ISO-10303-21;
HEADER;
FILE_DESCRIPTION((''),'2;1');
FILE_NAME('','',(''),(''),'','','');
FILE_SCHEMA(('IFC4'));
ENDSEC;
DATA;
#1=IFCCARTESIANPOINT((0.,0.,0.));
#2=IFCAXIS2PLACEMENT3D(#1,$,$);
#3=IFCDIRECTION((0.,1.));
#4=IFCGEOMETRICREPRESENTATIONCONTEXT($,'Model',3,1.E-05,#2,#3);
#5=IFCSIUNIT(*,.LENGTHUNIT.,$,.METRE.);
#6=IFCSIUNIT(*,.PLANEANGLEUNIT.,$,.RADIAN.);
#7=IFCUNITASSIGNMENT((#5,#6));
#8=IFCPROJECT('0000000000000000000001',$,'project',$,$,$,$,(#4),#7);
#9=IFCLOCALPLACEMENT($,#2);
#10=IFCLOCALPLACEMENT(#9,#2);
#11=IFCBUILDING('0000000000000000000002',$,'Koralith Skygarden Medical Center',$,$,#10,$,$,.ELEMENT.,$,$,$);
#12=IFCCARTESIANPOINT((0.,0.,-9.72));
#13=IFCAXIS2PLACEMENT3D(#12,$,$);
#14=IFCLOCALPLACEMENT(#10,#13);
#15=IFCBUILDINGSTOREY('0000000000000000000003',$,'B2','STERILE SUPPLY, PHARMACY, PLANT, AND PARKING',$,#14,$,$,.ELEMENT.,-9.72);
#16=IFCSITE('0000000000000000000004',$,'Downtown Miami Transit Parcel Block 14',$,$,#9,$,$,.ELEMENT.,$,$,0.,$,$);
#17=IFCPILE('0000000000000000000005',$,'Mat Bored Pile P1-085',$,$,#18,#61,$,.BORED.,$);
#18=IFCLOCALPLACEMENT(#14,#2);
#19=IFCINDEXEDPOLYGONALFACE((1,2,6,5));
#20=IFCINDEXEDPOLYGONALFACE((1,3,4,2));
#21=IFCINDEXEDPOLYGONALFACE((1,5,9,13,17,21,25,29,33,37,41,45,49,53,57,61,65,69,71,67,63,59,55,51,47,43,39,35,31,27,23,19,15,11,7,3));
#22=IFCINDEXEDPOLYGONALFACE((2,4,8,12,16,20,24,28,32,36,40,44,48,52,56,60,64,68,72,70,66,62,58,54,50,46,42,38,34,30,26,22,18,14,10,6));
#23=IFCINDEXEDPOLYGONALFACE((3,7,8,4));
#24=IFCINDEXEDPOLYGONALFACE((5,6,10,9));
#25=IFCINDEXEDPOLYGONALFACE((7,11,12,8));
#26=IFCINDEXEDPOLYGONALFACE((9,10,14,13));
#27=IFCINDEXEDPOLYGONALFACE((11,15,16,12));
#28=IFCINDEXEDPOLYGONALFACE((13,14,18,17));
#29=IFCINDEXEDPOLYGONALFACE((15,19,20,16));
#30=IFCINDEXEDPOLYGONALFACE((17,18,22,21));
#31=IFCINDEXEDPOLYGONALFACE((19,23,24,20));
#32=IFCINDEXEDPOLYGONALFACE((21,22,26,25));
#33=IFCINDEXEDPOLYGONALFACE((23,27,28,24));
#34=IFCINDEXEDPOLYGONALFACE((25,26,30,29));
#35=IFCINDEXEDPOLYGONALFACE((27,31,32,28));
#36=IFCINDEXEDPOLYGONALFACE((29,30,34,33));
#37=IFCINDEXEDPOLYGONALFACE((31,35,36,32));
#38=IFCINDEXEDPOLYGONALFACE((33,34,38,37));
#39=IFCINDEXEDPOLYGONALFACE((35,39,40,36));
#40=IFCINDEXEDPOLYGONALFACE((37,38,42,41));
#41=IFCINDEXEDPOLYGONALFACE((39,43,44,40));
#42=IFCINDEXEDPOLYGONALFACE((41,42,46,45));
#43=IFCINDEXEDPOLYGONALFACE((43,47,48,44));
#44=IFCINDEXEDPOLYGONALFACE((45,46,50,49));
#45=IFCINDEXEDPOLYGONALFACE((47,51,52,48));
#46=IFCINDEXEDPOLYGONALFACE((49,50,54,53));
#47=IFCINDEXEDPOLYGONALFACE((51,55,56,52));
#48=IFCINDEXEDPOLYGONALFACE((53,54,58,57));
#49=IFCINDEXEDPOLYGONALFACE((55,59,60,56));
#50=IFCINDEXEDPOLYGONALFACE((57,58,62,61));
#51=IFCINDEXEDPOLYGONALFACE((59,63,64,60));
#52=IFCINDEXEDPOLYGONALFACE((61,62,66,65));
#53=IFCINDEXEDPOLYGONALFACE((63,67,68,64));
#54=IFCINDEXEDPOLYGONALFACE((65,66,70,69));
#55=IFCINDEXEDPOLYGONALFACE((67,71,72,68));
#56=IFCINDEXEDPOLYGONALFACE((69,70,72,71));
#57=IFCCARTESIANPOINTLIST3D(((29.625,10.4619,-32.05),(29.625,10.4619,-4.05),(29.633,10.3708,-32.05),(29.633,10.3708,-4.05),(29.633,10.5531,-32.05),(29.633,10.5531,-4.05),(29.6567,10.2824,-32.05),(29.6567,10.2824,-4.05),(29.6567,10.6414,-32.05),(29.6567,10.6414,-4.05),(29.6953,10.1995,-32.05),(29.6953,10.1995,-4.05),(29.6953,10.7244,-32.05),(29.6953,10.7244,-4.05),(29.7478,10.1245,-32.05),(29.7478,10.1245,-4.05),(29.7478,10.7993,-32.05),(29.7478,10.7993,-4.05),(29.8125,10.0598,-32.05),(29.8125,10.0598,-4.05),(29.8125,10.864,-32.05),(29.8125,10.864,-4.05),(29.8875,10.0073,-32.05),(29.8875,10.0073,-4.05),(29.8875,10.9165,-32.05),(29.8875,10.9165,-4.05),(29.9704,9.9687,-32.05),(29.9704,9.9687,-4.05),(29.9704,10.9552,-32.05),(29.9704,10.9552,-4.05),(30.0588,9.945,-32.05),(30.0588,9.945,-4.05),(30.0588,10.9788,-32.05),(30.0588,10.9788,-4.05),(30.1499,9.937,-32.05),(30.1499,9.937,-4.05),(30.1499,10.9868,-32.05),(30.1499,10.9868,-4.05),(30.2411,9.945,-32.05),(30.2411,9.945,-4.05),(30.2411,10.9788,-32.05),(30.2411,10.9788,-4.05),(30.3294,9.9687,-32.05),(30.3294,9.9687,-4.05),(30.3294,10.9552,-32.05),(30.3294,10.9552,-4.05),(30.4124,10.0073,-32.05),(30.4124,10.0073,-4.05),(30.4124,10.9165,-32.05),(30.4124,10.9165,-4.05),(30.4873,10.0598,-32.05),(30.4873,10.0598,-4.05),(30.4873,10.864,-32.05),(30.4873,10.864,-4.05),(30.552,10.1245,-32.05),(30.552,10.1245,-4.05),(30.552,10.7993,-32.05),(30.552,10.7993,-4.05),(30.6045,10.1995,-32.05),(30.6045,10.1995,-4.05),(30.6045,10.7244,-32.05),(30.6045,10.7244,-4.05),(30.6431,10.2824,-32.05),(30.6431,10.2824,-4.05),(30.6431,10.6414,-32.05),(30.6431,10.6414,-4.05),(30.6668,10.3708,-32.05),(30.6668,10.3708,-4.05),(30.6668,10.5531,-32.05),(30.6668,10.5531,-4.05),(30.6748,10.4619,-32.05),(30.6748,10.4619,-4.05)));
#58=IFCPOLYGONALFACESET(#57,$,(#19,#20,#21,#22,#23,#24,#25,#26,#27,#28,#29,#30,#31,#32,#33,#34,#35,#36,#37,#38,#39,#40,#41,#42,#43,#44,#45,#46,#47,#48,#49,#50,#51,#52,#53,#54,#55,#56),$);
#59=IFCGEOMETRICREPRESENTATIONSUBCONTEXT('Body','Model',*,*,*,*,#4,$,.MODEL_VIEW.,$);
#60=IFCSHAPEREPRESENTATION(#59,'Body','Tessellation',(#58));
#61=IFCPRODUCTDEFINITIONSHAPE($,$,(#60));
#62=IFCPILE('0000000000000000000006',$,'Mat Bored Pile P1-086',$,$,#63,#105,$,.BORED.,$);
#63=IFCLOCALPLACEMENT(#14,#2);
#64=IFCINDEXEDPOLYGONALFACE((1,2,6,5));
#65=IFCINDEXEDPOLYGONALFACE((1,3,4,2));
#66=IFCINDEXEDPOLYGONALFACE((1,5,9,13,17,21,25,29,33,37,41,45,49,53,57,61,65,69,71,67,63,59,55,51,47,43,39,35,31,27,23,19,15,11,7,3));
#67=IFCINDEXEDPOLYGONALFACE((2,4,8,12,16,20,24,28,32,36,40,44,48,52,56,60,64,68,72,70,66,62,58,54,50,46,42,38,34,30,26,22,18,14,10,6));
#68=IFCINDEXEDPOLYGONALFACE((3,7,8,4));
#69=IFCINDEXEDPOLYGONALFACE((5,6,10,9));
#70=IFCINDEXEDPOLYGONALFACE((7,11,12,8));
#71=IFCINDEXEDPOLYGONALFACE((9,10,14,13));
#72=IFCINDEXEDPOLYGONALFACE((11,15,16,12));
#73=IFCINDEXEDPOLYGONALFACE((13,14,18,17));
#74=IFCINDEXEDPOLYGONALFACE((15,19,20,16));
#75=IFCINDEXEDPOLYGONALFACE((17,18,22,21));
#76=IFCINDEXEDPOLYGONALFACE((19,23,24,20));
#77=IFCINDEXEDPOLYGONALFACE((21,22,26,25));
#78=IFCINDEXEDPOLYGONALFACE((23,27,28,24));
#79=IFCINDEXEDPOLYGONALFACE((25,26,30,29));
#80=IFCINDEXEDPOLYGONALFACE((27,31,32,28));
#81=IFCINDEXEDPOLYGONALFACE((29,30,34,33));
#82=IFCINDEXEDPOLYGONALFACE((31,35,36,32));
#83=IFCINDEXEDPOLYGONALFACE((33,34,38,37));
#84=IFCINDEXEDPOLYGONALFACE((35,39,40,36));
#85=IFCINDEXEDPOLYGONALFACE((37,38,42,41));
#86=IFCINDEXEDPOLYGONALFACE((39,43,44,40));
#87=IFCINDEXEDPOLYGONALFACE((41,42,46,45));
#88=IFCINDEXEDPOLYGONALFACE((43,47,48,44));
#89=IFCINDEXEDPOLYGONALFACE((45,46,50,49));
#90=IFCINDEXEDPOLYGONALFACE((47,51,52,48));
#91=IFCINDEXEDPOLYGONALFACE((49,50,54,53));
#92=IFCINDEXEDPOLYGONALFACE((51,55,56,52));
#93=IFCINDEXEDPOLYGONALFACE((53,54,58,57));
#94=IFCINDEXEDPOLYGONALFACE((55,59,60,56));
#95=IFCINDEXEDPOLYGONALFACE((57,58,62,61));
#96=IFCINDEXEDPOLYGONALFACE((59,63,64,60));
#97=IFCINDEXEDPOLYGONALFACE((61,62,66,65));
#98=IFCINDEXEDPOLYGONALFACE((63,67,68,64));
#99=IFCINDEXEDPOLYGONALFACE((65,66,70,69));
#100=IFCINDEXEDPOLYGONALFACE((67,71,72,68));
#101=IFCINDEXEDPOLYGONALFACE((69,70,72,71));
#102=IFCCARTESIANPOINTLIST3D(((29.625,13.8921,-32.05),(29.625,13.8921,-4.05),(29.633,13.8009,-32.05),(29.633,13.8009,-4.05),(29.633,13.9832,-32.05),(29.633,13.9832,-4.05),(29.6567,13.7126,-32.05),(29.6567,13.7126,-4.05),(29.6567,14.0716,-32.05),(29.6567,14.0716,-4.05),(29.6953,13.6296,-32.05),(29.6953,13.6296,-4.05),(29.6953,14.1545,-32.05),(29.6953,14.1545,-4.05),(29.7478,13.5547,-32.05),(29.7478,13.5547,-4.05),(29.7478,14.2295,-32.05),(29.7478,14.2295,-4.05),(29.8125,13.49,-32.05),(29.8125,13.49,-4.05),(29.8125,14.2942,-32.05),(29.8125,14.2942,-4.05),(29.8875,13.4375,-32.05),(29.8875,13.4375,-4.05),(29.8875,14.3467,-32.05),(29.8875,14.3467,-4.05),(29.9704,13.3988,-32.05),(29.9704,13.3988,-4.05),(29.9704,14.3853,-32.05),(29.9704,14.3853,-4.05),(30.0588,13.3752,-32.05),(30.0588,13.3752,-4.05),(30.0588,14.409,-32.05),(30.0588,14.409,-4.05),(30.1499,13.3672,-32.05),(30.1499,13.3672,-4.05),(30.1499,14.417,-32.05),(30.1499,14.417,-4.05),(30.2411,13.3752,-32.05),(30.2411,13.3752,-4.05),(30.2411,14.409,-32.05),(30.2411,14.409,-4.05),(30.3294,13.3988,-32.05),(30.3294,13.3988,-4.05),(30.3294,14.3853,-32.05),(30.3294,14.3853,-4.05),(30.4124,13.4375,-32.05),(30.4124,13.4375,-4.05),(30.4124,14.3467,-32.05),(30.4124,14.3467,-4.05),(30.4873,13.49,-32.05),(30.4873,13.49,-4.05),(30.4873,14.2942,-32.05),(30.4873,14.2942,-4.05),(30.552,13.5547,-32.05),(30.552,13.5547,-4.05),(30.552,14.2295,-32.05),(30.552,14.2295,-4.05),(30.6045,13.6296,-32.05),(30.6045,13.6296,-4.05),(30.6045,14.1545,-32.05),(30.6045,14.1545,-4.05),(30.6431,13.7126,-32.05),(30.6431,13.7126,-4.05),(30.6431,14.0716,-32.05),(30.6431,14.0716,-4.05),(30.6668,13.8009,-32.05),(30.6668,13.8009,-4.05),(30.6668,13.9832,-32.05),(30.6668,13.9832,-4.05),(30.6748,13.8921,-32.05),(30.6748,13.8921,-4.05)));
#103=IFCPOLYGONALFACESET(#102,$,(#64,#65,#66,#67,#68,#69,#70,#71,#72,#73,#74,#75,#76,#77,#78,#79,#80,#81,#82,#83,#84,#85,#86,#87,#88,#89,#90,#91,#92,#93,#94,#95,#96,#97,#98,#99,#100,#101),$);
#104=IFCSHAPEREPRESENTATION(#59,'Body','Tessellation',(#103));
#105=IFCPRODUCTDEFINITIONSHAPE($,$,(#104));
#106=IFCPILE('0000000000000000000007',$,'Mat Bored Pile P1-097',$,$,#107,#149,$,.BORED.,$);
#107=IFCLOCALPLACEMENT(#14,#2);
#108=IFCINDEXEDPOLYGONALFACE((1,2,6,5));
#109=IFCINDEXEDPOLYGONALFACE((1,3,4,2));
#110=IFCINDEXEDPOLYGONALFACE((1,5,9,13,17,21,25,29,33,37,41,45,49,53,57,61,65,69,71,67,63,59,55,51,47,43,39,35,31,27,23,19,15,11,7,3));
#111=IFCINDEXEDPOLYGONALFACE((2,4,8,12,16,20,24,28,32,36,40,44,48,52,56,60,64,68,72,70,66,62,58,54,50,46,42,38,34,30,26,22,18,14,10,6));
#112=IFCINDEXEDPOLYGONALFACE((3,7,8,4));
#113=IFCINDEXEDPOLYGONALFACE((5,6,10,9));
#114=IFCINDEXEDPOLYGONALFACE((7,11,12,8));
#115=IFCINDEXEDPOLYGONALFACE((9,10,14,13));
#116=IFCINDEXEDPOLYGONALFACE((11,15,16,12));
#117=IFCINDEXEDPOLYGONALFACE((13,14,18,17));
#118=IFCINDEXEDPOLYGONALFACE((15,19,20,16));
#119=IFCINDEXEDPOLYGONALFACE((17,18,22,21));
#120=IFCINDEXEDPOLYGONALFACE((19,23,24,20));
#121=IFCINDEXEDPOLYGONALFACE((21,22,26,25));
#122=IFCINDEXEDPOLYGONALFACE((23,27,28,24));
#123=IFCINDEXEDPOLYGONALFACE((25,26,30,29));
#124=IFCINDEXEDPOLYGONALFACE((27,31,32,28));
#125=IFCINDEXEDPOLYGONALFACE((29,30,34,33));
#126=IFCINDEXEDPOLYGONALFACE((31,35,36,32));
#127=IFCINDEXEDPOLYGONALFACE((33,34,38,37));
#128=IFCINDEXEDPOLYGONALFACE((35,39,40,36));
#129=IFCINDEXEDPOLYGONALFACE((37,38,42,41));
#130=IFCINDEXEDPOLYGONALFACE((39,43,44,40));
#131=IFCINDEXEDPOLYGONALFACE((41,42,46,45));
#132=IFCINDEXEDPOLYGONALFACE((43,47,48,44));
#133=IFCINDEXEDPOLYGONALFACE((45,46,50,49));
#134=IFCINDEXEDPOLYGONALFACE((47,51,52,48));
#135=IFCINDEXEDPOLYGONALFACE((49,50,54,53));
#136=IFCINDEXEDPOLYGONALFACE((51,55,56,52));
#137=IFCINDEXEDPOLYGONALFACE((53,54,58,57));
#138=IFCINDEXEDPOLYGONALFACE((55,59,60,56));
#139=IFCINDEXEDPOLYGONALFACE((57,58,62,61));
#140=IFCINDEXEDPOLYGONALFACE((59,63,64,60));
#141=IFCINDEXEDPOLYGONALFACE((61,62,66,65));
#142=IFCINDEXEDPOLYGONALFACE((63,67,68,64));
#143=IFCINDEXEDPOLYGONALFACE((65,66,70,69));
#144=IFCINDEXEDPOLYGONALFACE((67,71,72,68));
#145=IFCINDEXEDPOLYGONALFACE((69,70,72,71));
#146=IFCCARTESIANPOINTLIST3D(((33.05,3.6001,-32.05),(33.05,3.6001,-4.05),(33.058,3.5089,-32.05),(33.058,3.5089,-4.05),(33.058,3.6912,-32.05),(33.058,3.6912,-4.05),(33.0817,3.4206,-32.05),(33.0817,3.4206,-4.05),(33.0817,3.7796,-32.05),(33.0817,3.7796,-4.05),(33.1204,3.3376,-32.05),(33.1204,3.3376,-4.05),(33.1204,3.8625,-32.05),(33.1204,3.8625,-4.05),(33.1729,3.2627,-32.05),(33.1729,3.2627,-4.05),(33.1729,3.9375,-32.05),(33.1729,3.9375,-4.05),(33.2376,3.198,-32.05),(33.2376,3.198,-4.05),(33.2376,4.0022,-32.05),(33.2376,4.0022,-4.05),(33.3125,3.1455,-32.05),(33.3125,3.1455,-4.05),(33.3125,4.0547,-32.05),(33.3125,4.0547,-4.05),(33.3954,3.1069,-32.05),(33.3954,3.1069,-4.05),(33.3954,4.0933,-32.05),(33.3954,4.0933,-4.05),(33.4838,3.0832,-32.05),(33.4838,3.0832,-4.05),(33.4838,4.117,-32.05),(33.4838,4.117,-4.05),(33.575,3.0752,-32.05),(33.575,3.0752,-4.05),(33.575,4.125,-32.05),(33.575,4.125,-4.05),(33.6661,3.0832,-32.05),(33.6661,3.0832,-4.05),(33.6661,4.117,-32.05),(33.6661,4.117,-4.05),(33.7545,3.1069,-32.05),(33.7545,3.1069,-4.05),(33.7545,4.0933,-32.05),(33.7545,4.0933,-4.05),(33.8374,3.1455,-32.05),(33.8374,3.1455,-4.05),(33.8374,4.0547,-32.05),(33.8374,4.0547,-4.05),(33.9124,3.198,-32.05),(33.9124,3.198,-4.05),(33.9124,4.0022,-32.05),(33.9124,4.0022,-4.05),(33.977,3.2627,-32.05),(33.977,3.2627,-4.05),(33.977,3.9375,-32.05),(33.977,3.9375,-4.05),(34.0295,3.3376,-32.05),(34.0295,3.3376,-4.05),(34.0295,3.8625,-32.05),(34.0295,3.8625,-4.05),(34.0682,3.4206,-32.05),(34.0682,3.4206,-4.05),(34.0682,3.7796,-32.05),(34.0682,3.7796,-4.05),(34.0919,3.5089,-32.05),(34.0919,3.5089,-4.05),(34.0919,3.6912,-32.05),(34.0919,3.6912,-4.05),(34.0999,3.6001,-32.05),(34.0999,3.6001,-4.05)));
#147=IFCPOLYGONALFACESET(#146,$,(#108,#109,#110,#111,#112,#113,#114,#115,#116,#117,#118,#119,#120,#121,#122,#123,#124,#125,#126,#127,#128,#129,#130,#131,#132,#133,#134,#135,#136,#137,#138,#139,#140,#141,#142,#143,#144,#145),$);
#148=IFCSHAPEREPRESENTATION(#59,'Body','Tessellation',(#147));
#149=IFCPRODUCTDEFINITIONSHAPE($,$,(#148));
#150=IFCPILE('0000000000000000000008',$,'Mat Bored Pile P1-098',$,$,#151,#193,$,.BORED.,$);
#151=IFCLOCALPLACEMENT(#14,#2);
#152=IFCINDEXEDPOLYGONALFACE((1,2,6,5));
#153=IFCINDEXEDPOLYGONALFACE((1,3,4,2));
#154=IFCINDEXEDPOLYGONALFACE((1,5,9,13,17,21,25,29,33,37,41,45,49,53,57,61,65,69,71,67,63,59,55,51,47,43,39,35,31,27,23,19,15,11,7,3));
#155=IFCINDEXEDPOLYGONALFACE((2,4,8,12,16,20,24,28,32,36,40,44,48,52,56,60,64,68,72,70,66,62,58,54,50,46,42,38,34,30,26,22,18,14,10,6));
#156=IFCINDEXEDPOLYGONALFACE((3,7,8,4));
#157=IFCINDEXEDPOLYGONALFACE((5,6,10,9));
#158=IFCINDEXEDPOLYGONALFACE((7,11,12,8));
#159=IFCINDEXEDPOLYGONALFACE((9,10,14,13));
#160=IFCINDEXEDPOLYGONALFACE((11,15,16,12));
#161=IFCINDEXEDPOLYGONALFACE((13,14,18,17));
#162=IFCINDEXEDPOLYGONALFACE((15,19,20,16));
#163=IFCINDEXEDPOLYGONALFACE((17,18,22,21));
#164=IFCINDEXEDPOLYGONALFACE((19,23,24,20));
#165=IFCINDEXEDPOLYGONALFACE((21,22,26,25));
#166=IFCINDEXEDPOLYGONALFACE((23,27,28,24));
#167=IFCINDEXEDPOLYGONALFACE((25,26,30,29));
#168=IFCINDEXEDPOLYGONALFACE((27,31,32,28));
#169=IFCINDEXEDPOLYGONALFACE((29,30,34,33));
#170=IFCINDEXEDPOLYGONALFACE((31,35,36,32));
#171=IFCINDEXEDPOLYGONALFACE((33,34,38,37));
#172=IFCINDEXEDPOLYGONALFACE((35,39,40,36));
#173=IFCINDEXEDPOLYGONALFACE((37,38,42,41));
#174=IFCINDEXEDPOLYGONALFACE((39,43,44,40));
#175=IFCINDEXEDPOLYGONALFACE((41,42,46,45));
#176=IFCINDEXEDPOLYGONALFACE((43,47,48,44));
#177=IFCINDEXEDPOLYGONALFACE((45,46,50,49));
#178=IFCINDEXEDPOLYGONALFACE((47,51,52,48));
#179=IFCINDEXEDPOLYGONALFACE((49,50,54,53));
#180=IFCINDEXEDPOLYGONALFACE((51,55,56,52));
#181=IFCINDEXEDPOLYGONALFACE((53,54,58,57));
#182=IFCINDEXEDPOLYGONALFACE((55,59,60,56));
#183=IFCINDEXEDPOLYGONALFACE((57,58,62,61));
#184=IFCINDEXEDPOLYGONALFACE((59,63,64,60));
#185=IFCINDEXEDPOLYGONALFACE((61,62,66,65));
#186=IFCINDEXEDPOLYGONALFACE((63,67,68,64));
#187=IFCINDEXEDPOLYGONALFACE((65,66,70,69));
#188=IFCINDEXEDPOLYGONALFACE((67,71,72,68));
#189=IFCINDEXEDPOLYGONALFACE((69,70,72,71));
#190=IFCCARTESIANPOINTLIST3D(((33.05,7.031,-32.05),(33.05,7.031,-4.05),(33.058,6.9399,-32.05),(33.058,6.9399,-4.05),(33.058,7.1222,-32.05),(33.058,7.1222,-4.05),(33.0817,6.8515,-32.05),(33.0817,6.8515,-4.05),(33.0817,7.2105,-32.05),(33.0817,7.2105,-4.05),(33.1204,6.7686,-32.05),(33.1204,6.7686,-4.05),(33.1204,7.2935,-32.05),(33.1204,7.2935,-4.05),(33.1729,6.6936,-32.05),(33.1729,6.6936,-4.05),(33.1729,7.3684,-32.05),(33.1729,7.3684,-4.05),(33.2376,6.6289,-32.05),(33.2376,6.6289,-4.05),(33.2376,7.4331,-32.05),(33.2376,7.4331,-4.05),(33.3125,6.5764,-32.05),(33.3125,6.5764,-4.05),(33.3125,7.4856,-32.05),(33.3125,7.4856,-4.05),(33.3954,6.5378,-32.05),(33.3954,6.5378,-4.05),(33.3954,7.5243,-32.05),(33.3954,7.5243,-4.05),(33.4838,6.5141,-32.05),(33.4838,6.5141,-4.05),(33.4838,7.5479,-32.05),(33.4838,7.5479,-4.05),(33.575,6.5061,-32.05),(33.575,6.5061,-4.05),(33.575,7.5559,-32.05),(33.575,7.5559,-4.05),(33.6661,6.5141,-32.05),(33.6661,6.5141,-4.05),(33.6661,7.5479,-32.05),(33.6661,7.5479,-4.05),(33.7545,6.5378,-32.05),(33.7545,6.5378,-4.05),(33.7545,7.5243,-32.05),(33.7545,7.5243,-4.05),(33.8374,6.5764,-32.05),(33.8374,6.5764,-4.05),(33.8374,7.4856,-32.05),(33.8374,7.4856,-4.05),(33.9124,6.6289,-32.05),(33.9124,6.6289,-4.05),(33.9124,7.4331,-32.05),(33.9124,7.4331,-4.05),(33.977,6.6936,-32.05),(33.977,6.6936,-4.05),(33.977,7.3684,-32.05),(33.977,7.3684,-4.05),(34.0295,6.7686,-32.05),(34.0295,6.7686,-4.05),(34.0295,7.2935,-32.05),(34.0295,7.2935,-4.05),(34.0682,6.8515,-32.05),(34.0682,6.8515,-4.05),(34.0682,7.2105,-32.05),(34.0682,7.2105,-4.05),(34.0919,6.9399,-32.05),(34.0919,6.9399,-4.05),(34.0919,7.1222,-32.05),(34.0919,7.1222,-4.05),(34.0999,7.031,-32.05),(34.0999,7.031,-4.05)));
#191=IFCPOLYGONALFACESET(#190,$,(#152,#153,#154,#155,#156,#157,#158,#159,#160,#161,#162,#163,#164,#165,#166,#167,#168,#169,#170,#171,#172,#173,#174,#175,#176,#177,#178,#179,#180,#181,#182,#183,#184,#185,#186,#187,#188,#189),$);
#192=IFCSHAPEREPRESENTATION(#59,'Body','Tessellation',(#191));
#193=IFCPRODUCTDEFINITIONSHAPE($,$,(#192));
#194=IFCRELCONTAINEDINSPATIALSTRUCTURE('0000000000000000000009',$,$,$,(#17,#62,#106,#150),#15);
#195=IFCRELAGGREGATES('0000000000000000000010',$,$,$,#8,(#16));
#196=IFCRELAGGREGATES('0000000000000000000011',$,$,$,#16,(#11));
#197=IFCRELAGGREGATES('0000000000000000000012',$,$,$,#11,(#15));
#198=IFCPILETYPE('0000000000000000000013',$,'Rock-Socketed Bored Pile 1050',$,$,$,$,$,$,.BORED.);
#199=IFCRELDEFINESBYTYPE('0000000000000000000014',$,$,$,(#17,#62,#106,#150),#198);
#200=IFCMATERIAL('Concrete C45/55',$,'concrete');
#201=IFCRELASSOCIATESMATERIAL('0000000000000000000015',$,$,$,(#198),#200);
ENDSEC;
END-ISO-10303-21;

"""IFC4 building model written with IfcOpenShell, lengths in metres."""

from ifc_helpers import new_model, si_unit, direction, frame, origin, origin_2d, place, context, subcontext, project, spatial, circle, extrude, material, material_profile, profile_set, type_object, element, save


model = new_model("IFC4")

# Units and contexts
model_context = context("Model", 3, precision=1e-05, world=origin(), true_north=direction((0.0, 1.0)))
body_context = subcontext(model_context, "Body", "Model", "MODEL_VIEW")
ifc_project = project(units=[si_unit("LENGTHUNIT", "METRE"), si_unit("PLANEANGLEUNIT", "RADIAN")], contexts=[model_context])

# Site, building, storey
site_placement = place(None, origin())
site = spatial("IfcSite", under=ifc_project, at=site_placement, Name="Downtown Miami Transit Parcel Block 14", CompositionType="ELEMENT", RefElevation=0.0)
building_placement = place(site_placement, origin())
building = spatial("IfcBuilding", under=site, at=building_placement, Name="Koralith Skygarden Medical Center", CompositionType="ELEMENT")
storey_placement = place(building_placement, frame((0.0, 0.0, -9.72)))
storey = spatial("IfcBuildingStorey", under=building, at=storey_placement, Name="B2", Description="STERILE SUPPLY, PHARMACY, PLANT, AND PARKING", CompositionType="ELEMENT", Elevation=-9.72)

# Piles
ifc_material_1 = material(Name="Concrete C45/55", Category="concrete")
ifc_material_profile_1 = material_profile(ifc_material_1, circle(Radius=0.5249, at=origin_2d()), Name="PILE1050")
ifc_profile_set_1 = profile_set([ifc_material_profile_1], Name="Concrete C45/55")
pile_type = type_object("IfcPileType", Name="Rock-Socketed Bored Pile 1050", PredefinedType="BORED", material=ifc_profile_set_1)
for number, where, z_axis, x_axis, name in (
    (1, (30.1499, 10.4619, -4.05), (0.0, 0.0, -1.0), (1.0, 0.0, 0.0), "Mat Bored Pile P1-085"),
    (2, (30.1499, 13.8921, -4.05), (0.0, 0.0, -1.0), (1.0, 0.0, 0.0), "Mat Bored Pile P1-086"),
    (3, (33.575, 3.6001, -4.05), (0.0, 0.0, -1.0), (1.0, 0.0, 0.0), "Mat Bored Pile P1-097"),
    (4, (33.575, 7.031, -4.05), (0.0, 0.0, -1.0), (1.0, 0.0, 0.0), "Mat Bored Pile P1-098"),
):
    element("IfcPile", number, at=place(storey_placement, frame(where, z_axis=z_axis, x_axis=x_axis)), inside=storey, type_object=pile_type, Name=name, PredefinedType="BORED", context=body_context, shape_type="SweptSolid", body=[
        extrude(circle(Radius=0.5249, at=origin_2d()), origin(), (0.0, 0.0, 1.0), 28.0),
    ])

save(model, "model.ifc")
